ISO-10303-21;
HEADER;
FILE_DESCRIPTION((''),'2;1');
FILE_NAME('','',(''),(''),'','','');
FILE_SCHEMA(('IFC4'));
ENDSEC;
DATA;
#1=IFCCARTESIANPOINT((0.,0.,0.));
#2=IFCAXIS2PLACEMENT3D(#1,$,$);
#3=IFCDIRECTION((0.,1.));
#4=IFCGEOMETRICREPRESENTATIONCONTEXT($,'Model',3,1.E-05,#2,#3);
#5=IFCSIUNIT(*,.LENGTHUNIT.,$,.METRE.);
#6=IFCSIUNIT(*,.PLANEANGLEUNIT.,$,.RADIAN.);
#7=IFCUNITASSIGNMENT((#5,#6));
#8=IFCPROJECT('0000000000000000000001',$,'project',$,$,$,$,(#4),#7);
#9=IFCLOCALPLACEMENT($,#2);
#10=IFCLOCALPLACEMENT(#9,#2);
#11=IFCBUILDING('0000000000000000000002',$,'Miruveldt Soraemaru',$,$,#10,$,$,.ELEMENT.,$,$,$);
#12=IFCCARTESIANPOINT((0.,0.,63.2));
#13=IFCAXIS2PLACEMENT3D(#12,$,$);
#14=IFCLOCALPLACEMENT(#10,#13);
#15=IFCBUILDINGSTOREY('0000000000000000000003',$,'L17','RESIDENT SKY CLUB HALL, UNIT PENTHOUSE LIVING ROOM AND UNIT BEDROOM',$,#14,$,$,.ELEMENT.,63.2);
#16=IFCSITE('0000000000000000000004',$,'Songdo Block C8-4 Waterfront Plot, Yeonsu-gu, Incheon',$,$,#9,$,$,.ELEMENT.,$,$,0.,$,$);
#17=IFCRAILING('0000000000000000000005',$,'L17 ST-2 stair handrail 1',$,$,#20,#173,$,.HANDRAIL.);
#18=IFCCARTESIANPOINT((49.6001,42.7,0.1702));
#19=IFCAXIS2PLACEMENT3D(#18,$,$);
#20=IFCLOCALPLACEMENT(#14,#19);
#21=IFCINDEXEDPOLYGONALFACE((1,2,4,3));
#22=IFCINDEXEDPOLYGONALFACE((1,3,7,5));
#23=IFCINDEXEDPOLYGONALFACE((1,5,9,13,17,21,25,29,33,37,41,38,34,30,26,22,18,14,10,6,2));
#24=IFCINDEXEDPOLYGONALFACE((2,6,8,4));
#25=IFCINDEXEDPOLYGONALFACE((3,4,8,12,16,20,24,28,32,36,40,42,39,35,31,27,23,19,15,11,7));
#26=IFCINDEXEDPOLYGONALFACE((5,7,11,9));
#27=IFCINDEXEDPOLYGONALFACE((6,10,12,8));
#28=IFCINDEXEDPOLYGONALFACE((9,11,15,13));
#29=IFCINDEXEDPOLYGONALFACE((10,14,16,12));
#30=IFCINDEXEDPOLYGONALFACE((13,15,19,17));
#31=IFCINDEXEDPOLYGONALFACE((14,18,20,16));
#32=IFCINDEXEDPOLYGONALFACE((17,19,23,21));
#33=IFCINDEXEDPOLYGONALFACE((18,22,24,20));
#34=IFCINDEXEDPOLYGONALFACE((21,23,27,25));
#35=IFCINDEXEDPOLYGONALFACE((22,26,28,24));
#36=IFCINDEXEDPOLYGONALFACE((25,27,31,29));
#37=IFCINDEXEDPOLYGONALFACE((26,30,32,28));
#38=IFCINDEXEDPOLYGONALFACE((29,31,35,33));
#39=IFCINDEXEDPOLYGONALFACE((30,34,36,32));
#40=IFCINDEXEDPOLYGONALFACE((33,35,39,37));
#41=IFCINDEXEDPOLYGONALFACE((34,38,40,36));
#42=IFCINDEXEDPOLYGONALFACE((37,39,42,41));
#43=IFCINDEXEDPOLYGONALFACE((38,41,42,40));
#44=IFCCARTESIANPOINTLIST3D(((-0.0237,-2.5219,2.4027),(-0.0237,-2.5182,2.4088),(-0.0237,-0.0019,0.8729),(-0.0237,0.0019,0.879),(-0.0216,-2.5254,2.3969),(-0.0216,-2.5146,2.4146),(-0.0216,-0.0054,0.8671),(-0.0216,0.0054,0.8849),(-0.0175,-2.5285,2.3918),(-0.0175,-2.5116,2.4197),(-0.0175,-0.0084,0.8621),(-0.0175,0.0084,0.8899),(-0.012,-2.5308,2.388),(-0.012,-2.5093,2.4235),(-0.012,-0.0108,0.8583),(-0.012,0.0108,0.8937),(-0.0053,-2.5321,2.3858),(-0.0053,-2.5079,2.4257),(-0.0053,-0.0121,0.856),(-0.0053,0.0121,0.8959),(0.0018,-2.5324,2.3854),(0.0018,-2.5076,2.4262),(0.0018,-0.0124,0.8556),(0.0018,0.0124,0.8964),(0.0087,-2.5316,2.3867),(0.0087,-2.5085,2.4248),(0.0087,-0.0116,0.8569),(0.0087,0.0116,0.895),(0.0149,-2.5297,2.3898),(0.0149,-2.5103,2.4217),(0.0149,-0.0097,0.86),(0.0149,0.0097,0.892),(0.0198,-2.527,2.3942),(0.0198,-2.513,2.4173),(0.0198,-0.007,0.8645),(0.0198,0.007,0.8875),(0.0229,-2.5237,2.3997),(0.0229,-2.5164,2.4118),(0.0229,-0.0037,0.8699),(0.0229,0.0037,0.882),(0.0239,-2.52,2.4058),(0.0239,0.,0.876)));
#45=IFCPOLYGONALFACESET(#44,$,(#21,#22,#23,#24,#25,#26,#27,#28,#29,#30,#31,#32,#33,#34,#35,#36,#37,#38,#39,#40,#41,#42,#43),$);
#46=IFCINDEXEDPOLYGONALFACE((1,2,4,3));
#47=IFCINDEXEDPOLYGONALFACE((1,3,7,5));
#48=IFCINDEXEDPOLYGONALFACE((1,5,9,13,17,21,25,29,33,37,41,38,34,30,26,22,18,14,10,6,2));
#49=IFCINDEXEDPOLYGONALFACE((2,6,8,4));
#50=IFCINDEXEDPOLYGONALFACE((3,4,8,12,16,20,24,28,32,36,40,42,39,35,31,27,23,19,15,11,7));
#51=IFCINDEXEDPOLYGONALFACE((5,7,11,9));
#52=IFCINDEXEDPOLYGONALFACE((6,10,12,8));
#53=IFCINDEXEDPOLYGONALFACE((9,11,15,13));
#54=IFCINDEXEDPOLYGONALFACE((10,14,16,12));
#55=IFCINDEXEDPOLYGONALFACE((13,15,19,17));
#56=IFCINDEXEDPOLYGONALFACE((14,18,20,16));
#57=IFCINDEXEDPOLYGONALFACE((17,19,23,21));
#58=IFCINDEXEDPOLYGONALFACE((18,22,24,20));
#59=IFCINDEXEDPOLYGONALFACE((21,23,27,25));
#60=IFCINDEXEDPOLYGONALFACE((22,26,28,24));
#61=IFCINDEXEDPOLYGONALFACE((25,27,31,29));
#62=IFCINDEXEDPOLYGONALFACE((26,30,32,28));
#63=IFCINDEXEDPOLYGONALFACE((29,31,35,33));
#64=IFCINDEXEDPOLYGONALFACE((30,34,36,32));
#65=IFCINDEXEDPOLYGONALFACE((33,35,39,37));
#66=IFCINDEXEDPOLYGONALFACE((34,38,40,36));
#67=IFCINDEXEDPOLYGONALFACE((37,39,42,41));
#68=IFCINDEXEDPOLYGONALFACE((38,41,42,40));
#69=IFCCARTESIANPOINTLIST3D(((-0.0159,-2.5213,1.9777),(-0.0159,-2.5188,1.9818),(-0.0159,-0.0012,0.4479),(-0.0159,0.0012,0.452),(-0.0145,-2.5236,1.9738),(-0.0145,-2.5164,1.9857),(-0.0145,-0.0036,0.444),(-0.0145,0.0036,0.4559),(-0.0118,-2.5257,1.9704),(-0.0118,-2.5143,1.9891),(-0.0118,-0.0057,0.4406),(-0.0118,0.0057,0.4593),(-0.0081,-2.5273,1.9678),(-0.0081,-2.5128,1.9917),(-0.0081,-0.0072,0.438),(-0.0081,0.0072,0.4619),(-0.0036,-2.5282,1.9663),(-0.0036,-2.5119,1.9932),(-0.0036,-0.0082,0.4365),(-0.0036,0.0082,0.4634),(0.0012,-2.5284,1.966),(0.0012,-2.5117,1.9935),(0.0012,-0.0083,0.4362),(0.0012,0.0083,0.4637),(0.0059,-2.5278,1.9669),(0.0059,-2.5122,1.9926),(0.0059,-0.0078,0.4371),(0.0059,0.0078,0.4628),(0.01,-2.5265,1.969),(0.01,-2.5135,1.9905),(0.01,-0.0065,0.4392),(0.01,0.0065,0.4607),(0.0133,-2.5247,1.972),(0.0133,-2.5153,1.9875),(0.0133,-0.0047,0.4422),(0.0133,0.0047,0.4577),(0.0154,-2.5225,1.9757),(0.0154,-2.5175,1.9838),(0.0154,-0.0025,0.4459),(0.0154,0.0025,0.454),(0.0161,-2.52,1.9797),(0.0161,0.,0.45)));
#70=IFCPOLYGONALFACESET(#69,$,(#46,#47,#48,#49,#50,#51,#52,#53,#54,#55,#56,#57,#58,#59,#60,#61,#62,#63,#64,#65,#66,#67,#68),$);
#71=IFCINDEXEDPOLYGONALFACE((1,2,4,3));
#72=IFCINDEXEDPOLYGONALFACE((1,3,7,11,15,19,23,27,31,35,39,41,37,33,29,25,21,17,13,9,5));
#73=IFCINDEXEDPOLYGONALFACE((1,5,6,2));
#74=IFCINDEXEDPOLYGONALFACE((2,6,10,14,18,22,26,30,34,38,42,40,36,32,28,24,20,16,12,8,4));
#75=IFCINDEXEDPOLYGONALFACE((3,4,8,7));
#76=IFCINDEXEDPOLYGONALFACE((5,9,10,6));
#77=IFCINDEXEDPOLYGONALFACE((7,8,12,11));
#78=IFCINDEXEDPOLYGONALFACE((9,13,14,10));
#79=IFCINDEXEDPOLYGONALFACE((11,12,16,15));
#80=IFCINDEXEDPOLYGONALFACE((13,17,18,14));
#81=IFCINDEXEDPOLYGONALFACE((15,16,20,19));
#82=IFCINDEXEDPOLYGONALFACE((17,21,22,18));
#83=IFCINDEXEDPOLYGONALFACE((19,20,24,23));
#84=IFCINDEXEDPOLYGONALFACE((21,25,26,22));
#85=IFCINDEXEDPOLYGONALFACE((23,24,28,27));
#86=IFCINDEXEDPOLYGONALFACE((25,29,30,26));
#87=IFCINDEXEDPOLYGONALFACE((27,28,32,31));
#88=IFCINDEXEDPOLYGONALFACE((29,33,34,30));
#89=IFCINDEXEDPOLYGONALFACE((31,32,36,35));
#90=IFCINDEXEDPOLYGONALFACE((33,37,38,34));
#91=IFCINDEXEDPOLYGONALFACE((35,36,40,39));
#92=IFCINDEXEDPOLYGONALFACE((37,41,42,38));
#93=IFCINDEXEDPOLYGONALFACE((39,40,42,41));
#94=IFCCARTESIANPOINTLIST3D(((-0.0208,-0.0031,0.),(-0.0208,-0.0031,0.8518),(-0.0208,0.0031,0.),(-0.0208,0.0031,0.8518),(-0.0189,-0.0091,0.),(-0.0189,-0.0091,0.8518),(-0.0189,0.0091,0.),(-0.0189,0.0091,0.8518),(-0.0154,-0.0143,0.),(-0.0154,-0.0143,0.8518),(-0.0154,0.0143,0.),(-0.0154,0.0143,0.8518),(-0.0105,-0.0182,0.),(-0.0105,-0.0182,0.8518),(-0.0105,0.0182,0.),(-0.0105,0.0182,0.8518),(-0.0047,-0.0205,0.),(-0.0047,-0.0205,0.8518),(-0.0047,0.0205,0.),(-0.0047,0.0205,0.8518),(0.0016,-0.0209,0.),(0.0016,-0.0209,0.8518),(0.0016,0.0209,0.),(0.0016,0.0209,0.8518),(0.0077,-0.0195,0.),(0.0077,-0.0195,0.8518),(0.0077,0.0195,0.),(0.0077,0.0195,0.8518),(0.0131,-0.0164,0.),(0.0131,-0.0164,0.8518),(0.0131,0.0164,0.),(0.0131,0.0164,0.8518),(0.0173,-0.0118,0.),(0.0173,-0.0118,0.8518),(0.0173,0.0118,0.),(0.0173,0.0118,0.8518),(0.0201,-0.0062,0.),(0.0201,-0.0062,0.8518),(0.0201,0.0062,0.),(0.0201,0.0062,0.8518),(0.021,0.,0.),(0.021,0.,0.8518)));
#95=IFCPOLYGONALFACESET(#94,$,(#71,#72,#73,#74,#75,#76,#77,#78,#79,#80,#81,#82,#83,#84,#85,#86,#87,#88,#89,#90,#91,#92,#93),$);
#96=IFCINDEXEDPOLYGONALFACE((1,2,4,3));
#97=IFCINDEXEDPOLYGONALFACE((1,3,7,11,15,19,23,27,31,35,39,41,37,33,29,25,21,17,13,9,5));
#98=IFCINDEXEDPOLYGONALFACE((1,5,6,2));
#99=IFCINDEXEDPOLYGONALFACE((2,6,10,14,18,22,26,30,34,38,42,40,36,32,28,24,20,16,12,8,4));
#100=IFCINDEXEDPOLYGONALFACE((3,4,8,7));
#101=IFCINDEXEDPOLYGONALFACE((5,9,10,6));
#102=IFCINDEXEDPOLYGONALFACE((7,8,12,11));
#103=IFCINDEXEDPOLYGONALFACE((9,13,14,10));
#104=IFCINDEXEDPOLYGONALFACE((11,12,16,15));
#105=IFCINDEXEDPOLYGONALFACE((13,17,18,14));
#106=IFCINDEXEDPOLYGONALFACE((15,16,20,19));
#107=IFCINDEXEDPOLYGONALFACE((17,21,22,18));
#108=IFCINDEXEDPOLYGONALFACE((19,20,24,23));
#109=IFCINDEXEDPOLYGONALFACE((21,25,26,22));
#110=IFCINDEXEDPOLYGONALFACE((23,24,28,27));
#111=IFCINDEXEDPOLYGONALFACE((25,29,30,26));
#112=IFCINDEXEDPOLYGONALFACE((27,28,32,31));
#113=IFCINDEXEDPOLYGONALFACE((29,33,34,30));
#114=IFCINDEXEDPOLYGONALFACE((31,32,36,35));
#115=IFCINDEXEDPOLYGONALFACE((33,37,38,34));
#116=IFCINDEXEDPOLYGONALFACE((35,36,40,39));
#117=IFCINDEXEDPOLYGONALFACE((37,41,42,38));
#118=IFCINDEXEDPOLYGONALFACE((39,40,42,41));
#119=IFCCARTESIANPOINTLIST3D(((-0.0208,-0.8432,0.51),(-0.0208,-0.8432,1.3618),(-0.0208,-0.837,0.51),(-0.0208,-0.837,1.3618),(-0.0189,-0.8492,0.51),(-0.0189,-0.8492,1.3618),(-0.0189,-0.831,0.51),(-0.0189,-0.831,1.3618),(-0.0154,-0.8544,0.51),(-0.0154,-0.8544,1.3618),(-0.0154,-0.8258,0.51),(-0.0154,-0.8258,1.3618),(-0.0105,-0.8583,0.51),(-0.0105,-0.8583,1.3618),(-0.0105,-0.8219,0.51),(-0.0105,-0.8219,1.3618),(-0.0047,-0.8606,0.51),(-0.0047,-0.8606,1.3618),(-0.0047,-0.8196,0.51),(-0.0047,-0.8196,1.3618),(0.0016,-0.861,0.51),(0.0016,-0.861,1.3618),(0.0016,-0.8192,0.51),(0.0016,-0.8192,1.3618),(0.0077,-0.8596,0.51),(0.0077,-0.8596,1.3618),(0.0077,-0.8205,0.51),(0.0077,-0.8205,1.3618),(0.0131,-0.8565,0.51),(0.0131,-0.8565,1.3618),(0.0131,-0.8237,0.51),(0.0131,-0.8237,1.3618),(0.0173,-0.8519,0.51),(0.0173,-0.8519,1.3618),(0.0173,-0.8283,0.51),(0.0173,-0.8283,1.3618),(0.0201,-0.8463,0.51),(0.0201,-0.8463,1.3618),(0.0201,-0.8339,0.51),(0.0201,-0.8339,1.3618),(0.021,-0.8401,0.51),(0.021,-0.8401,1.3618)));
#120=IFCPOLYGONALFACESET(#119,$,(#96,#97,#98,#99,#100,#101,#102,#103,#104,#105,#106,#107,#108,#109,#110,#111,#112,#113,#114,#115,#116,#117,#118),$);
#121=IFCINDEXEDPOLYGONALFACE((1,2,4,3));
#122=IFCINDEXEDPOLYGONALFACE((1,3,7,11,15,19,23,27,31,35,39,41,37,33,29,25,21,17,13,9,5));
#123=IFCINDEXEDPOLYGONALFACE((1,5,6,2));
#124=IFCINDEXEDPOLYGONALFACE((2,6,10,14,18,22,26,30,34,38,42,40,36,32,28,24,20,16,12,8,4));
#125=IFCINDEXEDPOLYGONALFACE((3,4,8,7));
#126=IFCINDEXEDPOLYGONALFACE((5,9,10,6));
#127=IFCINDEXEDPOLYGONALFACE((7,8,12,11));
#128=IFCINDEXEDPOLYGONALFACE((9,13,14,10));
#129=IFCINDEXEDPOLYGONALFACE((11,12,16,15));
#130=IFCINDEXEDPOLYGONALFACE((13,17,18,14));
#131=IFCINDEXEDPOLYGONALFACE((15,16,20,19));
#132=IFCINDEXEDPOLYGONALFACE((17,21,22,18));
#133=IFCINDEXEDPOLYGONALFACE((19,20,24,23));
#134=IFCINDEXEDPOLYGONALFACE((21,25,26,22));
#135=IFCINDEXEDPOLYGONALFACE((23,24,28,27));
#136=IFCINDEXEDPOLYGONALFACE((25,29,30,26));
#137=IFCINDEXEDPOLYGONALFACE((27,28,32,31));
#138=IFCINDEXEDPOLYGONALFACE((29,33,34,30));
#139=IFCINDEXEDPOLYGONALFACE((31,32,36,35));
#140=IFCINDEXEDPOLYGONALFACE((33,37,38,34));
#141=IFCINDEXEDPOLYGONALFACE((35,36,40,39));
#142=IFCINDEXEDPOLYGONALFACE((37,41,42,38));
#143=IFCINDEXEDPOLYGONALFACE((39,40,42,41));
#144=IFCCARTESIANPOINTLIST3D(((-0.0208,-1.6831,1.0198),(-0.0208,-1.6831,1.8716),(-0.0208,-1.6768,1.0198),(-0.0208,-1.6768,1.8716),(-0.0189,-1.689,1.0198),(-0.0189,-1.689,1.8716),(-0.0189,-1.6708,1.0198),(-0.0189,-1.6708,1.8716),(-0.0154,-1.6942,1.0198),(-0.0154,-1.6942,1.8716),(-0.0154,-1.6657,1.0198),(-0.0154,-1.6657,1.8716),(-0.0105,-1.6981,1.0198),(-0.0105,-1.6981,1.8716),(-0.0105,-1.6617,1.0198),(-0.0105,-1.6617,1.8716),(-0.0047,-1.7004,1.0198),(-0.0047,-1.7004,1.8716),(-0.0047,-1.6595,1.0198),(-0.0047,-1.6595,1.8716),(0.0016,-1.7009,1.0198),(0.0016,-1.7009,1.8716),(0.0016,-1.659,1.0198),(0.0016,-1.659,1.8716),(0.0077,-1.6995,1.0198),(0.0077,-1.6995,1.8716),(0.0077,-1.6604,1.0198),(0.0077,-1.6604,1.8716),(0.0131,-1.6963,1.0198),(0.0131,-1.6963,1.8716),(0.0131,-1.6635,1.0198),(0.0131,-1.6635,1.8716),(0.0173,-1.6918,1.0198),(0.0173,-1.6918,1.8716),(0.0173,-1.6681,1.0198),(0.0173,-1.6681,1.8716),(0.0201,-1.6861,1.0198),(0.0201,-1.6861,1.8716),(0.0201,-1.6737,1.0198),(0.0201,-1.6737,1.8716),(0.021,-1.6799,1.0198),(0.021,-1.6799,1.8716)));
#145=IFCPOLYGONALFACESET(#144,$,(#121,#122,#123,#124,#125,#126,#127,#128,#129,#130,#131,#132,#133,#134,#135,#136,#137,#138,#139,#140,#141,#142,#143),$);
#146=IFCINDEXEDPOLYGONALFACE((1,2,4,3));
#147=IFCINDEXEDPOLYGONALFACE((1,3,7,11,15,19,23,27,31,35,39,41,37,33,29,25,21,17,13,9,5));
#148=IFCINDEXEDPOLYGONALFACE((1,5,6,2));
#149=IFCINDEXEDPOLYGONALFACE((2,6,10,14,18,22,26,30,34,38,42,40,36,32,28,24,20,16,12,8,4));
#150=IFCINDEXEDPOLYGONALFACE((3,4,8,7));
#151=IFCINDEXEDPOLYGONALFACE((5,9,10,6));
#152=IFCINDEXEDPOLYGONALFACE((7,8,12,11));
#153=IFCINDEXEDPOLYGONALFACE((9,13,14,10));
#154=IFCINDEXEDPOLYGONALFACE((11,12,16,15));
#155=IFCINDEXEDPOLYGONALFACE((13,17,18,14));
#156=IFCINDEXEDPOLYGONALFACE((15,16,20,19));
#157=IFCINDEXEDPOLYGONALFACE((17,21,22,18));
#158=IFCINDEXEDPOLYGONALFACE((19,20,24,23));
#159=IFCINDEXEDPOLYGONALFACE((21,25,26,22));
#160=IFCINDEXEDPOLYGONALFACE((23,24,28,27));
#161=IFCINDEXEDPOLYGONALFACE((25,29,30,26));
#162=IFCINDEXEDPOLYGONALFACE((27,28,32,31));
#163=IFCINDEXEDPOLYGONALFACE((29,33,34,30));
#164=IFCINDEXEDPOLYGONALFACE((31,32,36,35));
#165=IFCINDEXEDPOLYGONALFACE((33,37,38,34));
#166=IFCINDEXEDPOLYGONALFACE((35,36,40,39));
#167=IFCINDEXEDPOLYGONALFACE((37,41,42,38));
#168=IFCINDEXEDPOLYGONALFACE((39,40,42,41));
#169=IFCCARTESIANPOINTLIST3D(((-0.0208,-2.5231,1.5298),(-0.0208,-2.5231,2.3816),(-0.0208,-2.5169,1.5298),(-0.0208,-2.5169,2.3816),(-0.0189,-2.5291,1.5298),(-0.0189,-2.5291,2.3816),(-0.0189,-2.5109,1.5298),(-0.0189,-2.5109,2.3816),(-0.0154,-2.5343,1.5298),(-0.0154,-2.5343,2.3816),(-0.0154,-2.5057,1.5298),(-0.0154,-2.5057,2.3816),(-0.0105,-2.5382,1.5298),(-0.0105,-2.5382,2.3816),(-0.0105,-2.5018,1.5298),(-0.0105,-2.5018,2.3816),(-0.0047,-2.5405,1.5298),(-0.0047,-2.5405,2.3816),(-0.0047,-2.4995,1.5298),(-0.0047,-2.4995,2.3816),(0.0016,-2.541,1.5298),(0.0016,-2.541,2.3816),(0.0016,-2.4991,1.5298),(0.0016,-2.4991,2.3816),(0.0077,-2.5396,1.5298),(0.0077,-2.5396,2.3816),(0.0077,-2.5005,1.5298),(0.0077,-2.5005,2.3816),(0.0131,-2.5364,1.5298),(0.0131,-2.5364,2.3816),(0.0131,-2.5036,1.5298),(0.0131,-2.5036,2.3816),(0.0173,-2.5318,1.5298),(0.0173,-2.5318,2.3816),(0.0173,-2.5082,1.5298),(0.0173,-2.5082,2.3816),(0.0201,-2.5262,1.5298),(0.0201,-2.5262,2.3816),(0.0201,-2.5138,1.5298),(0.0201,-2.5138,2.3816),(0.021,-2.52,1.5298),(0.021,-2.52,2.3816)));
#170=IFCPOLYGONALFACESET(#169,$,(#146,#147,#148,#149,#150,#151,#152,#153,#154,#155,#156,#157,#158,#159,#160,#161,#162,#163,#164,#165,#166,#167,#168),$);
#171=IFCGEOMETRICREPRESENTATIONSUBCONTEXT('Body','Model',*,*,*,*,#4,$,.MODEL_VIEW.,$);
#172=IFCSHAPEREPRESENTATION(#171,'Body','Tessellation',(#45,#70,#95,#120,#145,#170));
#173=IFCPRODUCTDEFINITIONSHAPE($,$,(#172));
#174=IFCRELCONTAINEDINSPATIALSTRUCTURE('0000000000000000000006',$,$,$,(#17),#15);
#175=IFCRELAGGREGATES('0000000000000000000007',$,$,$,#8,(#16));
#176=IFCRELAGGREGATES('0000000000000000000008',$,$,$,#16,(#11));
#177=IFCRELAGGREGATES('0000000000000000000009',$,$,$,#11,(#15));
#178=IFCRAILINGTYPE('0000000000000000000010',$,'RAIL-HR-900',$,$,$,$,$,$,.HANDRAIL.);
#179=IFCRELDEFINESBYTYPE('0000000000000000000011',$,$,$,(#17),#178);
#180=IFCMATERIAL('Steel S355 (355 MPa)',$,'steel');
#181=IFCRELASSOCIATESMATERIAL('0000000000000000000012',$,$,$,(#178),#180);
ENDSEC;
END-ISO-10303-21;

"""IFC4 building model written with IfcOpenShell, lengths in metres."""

from ifc_helpers import new_model, si_unit, direction, frame, origin, origin_2d, place, context, subcontext, project, spatial, circle, extrude, material, type_object, element, save


model = new_model("IFC4")

# Units and contexts
model_context = context("Model", 3, precision=1e-05, world=origin(), true_north=direction((0.0, 1.0)))
body_context = subcontext(model_context, "Body", "Model", "MODEL_VIEW")
ifc_project = project(units=[si_unit("LENGTHUNIT", "METRE"), si_unit("PLANEANGLEUNIT", "RADIAN")], contexts=[model_context])

# Site, building, storey
site_placement = place(None, origin())
site = spatial("IfcSite", under=ifc_project, at=site_placement, Name="Songdo Block C8-4 Waterfront Plot, Yeonsu-gu, Incheon", CompositionType="ELEMENT", RefElevation=0.0)
building_placement = place(site_placement, origin())
building = spatial("IfcBuilding", under=site, at=building_placement, Name="Miruveldt Soraemaru", CompositionType="ELEMENT")
storey_placement = place(building_placement, frame((0.0, 0.0, 63.2)))
storey = spatial("IfcBuildingStorey", under=building, at=storey_placement, Name="L17", Description="RESIDENT SKY CLUB HALL, UNIT PENTHOUSE LIVING ROOM AND UNIT BEDROOM", CompositionType="ELEMENT", Elevation=63.2)

# Railing
ifc_material_1 = material(Name="Steel S355 (355 MPa)", Category="steel")
railing_type_1 = type_object("IfcRailingType", Name="RAIL-HR-900", PredefinedType="HANDRAIL", material=ifc_material_1)
railing_1_placement = place(storey_placement, frame((49.6001, 42.7, 0.1702)))
element("IfcRailing", 1, at=railing_1_placement, inside=storey, type_object=railing_type_1, Name="L17 ST-2 stair handrail 1", PredefinedType="HANDRAIL", context=body_context, shape_type="SweptSolid", body=[
    extrude(circle(Radius=0.0239, at=origin_2d()), frame((0.0, 0.0, 0.876), z_axis=(0.0, -0.854822, 0.518922), x_axis=(1.0, 0.0, 0.0)), (0.0, 0.0, 1.0), 2.948),
    extrude(circle(Radius=0.0161, at=origin_2d()), frame((0.0, 0.0, 0.45), z_axis=(0.0, -0.854822, 0.518922), x_axis=(1.0, 0.0, 0.0)), (0.0, 0.0, 1.0), 2.948),
    extrude(circle(Radius=0.021, at=origin_2d()), origin(), (0.0, 0.0, 1.0), 0.8518),
    extrude(circle(Radius=0.021, at=origin_2d()), frame((0.0, -0.8401, 0.51)), (0.0, 0.0, 1.0), 0.8518),
    extrude(circle(Radius=0.021, at=origin_2d()), frame((0.0, -1.6799, 1.0198)), (0.0, 0.0, 1.0), 0.8518),
    extrude(circle(Radius=0.021, at=origin_2d()), frame((0.0, -2.52, 1.5298)), (0.0, 0.0, 1.0), 0.8518),
])

save(model, "model.ifc")
